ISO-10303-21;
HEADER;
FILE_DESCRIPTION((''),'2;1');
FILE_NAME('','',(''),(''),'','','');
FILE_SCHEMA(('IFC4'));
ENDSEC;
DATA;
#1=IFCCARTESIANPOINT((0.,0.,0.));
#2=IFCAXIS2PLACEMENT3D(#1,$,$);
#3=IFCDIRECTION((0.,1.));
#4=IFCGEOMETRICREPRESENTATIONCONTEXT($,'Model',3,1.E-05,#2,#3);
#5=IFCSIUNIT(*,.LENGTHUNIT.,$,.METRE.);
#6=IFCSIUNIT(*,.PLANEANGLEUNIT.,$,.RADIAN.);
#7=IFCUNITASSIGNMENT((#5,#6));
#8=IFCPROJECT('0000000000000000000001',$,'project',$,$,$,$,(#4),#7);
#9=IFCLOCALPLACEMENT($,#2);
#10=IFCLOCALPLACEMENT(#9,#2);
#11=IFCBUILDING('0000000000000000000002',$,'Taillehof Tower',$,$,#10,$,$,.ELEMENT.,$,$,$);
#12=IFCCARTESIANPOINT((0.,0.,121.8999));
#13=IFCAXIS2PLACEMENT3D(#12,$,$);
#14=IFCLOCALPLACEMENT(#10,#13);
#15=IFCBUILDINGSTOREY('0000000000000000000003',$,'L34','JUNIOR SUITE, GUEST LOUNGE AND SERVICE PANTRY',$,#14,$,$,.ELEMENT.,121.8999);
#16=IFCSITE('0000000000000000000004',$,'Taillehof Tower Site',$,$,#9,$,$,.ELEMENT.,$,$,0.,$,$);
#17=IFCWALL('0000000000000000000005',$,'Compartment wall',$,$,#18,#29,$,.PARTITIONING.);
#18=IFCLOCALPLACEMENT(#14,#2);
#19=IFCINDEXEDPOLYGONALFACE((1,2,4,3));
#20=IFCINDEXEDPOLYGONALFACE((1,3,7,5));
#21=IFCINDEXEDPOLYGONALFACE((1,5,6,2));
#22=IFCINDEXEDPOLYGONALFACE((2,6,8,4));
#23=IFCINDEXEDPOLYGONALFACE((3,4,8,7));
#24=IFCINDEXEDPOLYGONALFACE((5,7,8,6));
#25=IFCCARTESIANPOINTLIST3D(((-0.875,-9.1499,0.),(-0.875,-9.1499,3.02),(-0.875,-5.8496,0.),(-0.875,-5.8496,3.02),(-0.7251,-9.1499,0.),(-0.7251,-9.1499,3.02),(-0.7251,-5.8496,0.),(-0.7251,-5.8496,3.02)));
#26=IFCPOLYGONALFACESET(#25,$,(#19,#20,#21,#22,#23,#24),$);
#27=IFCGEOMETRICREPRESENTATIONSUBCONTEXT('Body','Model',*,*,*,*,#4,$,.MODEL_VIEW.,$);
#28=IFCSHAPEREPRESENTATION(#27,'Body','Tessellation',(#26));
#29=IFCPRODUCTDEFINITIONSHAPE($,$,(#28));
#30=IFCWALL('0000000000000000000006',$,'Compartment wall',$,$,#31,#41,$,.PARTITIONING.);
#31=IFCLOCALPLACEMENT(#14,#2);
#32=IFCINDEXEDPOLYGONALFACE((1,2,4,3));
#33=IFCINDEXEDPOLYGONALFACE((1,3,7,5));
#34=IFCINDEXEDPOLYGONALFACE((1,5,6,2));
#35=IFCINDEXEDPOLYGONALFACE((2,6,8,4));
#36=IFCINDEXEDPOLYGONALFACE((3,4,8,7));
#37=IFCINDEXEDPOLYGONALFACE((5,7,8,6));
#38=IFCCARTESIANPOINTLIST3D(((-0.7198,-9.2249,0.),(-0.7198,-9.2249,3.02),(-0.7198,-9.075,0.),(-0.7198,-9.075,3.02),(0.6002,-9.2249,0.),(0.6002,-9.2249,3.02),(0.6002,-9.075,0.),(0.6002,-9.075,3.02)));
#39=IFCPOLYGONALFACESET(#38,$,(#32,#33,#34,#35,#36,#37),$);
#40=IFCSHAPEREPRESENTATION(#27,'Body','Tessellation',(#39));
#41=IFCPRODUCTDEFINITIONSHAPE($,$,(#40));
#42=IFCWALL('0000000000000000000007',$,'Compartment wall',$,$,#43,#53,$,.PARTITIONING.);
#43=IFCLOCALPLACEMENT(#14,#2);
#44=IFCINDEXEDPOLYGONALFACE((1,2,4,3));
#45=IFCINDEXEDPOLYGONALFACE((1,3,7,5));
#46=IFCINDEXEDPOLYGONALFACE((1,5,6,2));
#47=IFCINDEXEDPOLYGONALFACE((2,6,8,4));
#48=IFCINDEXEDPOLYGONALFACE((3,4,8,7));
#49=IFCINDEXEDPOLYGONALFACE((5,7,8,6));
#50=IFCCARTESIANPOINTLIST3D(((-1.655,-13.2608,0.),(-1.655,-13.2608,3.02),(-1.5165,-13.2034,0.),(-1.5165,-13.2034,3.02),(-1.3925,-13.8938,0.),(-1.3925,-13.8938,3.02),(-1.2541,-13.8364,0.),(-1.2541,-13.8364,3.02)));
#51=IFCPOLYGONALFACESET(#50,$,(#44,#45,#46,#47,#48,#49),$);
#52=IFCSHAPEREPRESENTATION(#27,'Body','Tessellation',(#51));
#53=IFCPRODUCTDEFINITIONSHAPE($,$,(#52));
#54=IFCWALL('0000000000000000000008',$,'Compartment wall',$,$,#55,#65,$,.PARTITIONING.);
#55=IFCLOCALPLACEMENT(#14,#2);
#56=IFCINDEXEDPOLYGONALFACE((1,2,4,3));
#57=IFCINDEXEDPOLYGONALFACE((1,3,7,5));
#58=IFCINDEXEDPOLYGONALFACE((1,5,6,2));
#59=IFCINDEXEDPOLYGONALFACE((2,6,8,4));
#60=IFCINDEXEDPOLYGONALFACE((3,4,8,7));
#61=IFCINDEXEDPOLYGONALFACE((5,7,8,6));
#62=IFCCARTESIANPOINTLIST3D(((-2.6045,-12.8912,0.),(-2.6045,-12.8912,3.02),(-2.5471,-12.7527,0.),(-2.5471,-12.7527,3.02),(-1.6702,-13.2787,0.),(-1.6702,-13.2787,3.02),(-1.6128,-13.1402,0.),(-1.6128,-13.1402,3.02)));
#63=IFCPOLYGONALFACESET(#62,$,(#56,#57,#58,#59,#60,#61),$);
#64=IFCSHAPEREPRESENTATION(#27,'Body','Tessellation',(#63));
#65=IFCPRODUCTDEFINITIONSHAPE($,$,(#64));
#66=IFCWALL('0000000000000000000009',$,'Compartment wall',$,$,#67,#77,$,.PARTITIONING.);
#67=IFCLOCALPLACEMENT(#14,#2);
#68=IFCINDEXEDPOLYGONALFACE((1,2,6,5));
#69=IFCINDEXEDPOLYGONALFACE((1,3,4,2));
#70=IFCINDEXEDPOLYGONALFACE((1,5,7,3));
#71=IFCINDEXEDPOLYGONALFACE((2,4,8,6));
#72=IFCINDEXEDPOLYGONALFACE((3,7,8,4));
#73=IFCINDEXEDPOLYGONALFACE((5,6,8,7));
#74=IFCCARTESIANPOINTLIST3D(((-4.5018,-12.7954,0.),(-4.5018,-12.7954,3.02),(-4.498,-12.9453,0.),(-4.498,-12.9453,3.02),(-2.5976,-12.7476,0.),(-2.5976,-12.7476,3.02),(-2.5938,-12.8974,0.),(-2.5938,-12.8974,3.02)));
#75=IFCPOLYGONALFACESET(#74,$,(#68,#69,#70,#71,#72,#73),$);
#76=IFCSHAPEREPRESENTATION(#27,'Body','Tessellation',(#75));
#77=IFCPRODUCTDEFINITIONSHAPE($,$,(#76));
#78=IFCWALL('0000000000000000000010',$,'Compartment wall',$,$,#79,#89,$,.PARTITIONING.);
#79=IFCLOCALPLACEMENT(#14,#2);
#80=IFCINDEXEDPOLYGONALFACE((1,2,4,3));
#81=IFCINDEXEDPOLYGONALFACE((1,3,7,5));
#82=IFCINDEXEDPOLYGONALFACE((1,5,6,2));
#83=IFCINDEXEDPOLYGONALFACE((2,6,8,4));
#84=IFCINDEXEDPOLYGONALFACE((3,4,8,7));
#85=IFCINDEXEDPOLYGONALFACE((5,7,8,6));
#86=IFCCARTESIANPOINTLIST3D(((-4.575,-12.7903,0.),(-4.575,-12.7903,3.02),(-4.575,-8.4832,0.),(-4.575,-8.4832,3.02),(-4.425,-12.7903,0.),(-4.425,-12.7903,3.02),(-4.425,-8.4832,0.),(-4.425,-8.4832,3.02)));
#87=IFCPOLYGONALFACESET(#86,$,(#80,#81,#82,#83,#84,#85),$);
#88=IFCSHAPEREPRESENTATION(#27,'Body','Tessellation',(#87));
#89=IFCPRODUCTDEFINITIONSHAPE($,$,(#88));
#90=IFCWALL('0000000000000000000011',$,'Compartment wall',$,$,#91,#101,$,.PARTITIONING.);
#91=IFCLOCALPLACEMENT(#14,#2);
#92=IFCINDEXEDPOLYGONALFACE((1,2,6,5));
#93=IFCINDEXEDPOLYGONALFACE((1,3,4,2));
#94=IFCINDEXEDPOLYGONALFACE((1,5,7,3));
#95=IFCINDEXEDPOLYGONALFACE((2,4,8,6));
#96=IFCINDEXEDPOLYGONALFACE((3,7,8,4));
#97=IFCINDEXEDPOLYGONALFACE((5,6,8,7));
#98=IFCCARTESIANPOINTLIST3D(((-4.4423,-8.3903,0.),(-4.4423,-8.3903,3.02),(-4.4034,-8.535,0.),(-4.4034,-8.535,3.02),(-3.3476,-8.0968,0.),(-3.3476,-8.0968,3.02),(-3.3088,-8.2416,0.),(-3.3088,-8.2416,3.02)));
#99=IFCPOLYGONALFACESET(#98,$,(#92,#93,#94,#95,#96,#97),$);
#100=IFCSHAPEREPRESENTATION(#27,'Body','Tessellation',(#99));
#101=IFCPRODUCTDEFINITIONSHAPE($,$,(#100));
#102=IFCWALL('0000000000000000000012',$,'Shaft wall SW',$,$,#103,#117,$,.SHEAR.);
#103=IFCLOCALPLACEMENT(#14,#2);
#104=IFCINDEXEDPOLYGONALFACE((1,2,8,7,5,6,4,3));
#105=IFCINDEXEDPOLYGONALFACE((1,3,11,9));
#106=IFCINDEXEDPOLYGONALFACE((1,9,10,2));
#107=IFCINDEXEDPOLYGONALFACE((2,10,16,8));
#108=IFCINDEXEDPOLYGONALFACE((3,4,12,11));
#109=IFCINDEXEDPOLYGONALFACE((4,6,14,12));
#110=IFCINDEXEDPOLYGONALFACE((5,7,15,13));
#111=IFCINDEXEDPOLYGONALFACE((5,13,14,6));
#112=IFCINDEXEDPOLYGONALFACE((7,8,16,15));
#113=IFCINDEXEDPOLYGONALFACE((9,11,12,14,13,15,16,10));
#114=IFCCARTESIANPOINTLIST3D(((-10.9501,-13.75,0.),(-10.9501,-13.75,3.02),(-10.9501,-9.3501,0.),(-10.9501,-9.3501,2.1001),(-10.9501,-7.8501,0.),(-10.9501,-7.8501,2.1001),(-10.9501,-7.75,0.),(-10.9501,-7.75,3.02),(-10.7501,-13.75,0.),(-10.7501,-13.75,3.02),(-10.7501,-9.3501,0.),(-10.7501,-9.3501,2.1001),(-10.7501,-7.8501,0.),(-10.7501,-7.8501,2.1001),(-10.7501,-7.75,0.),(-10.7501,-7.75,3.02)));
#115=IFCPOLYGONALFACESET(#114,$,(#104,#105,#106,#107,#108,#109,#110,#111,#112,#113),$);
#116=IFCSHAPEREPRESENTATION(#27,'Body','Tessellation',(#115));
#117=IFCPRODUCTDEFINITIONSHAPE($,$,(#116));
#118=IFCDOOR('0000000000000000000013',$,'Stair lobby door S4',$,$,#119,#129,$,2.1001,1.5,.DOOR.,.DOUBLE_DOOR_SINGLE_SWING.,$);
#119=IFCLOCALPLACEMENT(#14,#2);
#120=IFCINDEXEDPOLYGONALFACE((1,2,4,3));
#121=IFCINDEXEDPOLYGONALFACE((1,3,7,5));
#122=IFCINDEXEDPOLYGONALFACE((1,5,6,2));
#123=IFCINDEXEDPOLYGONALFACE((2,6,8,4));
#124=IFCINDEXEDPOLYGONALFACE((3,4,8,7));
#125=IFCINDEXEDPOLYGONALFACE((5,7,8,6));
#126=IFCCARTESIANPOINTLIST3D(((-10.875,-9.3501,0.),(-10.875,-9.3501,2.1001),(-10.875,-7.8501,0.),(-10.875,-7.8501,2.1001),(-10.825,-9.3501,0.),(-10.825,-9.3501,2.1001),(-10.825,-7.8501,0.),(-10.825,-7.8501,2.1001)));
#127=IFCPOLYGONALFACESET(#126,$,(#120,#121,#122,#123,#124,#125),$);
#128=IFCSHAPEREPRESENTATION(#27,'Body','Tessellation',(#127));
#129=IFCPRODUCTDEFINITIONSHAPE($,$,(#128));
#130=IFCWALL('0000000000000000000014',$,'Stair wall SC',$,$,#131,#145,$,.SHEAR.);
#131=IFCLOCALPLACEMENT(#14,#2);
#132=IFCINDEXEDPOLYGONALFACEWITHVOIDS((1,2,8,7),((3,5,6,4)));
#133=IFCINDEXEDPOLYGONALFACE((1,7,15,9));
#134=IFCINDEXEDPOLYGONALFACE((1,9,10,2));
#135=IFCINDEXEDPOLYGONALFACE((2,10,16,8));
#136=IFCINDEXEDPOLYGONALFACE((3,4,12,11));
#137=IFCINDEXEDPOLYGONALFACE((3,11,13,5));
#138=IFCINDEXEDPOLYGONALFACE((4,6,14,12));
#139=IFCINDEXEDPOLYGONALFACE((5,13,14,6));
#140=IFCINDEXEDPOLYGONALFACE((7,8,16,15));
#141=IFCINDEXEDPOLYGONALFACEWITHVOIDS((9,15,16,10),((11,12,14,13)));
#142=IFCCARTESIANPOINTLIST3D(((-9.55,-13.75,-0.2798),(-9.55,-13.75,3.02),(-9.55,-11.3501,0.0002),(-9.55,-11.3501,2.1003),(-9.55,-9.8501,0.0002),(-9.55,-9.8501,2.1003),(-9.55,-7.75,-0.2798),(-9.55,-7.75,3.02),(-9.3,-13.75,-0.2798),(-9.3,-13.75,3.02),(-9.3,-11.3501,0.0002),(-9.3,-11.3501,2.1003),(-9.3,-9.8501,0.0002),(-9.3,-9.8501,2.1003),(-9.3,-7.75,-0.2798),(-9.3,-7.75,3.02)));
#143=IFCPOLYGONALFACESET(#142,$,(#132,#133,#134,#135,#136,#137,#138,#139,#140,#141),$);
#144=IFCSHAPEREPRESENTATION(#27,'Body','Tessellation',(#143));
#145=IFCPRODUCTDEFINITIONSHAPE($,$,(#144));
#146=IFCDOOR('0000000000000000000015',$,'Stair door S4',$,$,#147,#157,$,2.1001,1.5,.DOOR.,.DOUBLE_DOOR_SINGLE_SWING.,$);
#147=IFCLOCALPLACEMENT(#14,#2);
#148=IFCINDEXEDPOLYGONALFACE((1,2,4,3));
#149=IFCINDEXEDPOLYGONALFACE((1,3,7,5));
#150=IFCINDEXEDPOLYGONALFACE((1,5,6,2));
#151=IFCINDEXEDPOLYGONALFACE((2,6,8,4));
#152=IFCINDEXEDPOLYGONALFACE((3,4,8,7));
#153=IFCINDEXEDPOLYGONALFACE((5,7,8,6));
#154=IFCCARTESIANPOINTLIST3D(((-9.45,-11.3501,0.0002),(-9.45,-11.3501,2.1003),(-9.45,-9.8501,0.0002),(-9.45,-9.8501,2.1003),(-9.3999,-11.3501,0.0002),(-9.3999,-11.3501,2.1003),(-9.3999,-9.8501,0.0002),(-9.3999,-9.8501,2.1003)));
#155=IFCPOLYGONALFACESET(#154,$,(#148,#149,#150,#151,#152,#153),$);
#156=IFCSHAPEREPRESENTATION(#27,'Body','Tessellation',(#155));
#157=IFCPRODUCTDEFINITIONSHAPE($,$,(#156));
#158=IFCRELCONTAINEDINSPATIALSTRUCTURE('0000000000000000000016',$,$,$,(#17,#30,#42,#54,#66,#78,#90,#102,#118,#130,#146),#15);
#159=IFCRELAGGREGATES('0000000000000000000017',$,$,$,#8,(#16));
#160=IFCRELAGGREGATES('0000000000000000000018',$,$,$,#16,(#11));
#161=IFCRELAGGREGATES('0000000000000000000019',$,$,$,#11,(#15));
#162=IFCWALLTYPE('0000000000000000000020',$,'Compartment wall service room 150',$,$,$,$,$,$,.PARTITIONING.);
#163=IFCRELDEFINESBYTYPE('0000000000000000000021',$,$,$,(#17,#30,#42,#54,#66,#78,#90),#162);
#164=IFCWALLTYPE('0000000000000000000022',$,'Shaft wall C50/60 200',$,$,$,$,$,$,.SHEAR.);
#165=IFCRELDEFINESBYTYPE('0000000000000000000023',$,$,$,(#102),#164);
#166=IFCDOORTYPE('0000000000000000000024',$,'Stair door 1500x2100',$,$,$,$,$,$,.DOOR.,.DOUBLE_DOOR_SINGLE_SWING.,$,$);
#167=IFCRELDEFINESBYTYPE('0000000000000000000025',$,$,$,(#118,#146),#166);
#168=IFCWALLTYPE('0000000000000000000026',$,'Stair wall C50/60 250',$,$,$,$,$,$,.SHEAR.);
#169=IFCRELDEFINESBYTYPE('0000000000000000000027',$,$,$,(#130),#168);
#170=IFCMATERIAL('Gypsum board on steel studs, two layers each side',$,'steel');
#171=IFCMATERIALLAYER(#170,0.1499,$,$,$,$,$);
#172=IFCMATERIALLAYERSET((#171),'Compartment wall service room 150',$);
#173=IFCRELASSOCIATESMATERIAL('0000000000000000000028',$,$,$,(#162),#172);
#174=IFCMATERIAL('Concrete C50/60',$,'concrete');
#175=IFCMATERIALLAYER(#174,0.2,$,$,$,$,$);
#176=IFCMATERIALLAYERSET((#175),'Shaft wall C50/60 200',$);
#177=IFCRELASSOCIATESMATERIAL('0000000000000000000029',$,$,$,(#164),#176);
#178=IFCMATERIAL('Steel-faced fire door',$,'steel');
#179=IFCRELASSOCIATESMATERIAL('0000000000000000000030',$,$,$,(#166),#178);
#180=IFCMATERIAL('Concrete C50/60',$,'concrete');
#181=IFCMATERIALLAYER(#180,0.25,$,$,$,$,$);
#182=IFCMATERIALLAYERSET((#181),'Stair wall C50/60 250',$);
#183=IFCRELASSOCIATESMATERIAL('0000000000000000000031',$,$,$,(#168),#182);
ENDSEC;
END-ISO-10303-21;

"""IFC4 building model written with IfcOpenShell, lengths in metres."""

from ifc_helpers import new_model, si_unit, direction, frame, frame_2d, origin, place, context, subcontext, project, spatial, rectangle, extrude, material, layer, layer_set, type_object, element, fill, save


model = new_model("IFC4")

# Units and contexts
model_context = context("Model", 3, precision=1e-05, world=origin(), true_north=direction((0.0, 1.0)))
body_context = subcontext(model_context, "Body", "Model", "MODEL_VIEW")
ifc_project = project(units=[si_unit("LENGTHUNIT", "METRE"), si_unit("PLANEANGLEUNIT", "RADIAN")], contexts=[model_context])

# Site, building, storey
site_placement = place(None, origin())
site = spatial("IfcSite", under=ifc_project, at=site_placement, Name="Taillehof Tower Site", CompositionType="ELEMENT", RefElevation=0.0)
building_placement = place(site_placement, origin())
building = spatial("IfcBuilding", under=site, at=building_placement, Name="Taillehof Tower", CompositionType="ELEMENT")
storey_placement = place(building_placement, frame((0.0, 0.0, 121.8999)))
storey = spatial("IfcBuildingStorey", under=building, at=storey_placement, Name="L34", Description="JUNIOR SUITE, GUEST LOUNGE AND SERVICE PANTRY", CompositionType="ELEMENT", Elevation=121.8999)

# Shared definitions
ifc_material_1 = material(Name="Gypsum board on steel studs, two layers each side", Category="steel")
ifc_layer_1 = layer(ifc_material_1, 0.1499)
ifc_layer_set_1 = layer_set([ifc_layer_1], Name="Compartment wall service room 150")
wall_type_1 = type_object("IfcWallType", Name="Compartment wall service room 150", PredefinedType="PARTITIONING", material=ifc_layer_set_1)

# Walls
wall_1_placement = place(storey_placement, frame((-0.8, -5.8496, 0.0), z_axis=(0.0, 0.0, 1.0), x_axis=(0.0, -1.0, 0.0)))
element("IfcWall", 1, at=wall_1_placement, inside=storey, type_object=wall_type_1, Name="Compartment wall", PredefinedType="PARTITIONING", context=body_context, shape_type="SweptSolid", body=[
    extrude(rectangle(XDim=3.3003, YDim=0.1499, at=frame_2d((1.6501, 0.0))), origin(), (0.0, 0.0, 1.0), 3.02),
])
wall_2_placement = place(storey_placement, frame((-0.72, -9.1499, 0.0), z_axis=(0.0, 0.0, 1.0), x_axis=(1.0, 0.0, 0.0)))
element("IfcWall", 2, at=wall_2_placement, inside=storey, type_object=wall_type_1, Name="Compartment wall", PredefinedType="PARTITIONING", context=body_context, shape_type="SweptSolid", body=[
    extrude(rectangle(XDim=1.3201, YDim=0.1499, at=frame_2d((0.6602, 0.0))), origin(), (0.0, 0.0, 1.0), 3.02),
])
wall_3_placement = place(storey_placement, frame((-1.3232, -13.8652, 0.0), z_axis=(0.0, 0.0, 1.0), x_axis=(-0.382971, 0.923761, 0.0)))
element("IfcWall", 3, at=wall_3_placement, inside=storey, type_object=wall_type_1, Name="Compartment wall", PredefinedType="PARTITIONING", context=body_context, shape_type="SweptSolid", body=[
    extrude(rectangle(XDim=0.6853, YDim=0.1499, at=frame_2d((0.3428, 0.0))), origin(), (0.0, 0.0, 1.0), 3.02),
])
wall_4_placement = place(storey_placement, frame((-1.6414, -13.2095, 0.0), z_axis=(0.0, 0.0, 1.0), x_axis=(-0.923725, 0.383055, 0.0)))
element("IfcWall", 4, at=wall_4_placement, inside=storey, type_object=wall_type_1, Name="Compartment wall", PredefinedType="PARTITIONING", context=body_context, shape_type="SweptSolid", body=[
    extrude(rectangle(XDim=1.0115, YDim=0.1499, at=frame_2d((0.5059, 0.0))), origin(), (0.0, 0.0, 1.0), 3.02),
])
wall_5_placement = place(storey_placement, frame((-2.5957, -12.8225, 0.0), z_axis=(0.0, 0.0, 1.0), x_axis=(-0.999684, -0.02512, 0.0)))
element("IfcWall", 5, at=wall_5_placement, inside=storey, type_object=wall_type_1, Name="Compartment wall", PredefinedType="PARTITIONING", context=body_context, shape_type="SweptSolid", body=[
    extrude(rectangle(XDim=1.9048, YDim=0.1499, at=frame_2d((0.9524, 0.0))), origin(), (0.0, 0.0, 1.0), 3.02),
])
wall_6_placement = place(storey_placement, frame((-4.5, -12.7903, 0.0), z_axis=(0.0, 0.0, 1.0), x_axis=(0.0, 1.0, 0.0)))
element("IfcWall", 6, at=wall_6_placement, inside=storey, type_object=wall_type_1, Name="Compartment wall", PredefinedType="PARTITIONING", context=body_context, shape_type="SweptSolid", body=[
    extrude(rectangle(XDim=4.3071, YDim=0.1499, at=frame_2d((2.1536, 0.0))), origin(), (0.0, 0.0, 1.0), 3.02),
])
wall_7_placement = place(storey_placement, frame((-4.4229, -8.4626, 0.0), z_axis=(0.0, 0.0, 1.0), x_axis=(0.965898, 0.258923, 0.0)))
element("IfcWall", 7, at=wall_7_placement, inside=storey, type_object=wall_type_1, Name="Compartment wall", PredefinedType="PARTITIONING", context=body_context, shape_type="SweptSolid", body=[
    extrude(rectangle(XDim=1.1333, YDim=0.1499, at=frame_2d((0.5667, 0.0))), origin(), (0.0, 0.0, 1.0), 3.02),
])

# Walls, openings, doors
ifc_material_2 = material(Name="Concrete C50/60", Category="concrete")
ifc_layer_2 = layer(ifc_material_2, 0.2)
ifc_layer_set_2 = layer_set([ifc_layer_2], Name="Shaft wall C50/60 200")
wall_type_2 = type_object("IfcWallType", Name="Shaft wall C50/60 200", PredefinedType="SHEAR", material=ifc_layer_set_2)
wall_8_placement = place(storey_placement, frame((-10.8501, -13.75, 0.0), z_axis=(0.0, 0.0, 1.0), x_axis=(0.0, 1.0, 0.0)))
wall_8 = element("IfcWall", 8, at=wall_8_placement, inside=storey, type_object=wall_type_2, Name="Shaft wall SW", PredefinedType="SHEAR", context=body_context, shape_type="SweptSolid", body=[
    extrude(rectangle(XDim=6.0, YDim=0.2, at=frame_2d((3.0, 0.0))), origin(), (0.0, 0.0, 1.0), 3.02),
])
opening_1_placement = place(wall_8_placement, frame((4.3999, 0.0, 0.0)))
opening_1 = element("IfcOpeningElement", 9, at=opening_1_placement, cuts=wall_8, PredefinedType="OPENING", context=body_context, shape_type="SweptSolid", body=[
    extrude(rectangle(XDim=1.5, YDim=2.1001, at=frame_2d((0.75, 1.05))), frame((0.0, 0.1099, 0.0), z_axis=(0.0, -1.0, 0.0), x_axis=(1.0, 0.0, 0.0)), (0.0, 0.0, 1.0), 0.22),
])
ifc_material_3 = material(Name="Steel-faced fire door", Category="steel")
door_type_1 = type_object("IfcDoorType", Name="Stair door 1500x2100", OperationType="DOUBLE_DOOR_SINGLE_SWING", PredefinedType="DOOR", material=ifc_material_3)
door_1_placement = place(opening_1_placement, origin())
door_1 = element("IfcDoor", 10, at=door_1_placement, inside=storey, type_object=door_type_1, Name="Stair lobby door S4", OperationType="DOUBLE_DOOR_SINGLE_SWING", OverallHeight=2.1001, OverallWidth=1.5, PredefinedType="DOOR", context=body_context, shape_type="SweptSolid", body=[
    extrude(rectangle(XDim=1.5, YDim=2.1001, at=frame_2d((0.75, 1.05))), frame((0.0, 0.0249, 0.0), z_axis=(0.0, -1.0, 0.0), x_axis=(1.0, 0.0, 0.0)), (0.0, 0.0, 1.0), 0.05),
])
fill(opening_1, door_1)
ifc_material_4 = material(Name="Concrete C50/60", Category="concrete")
ifc_layer_3 = layer(ifc_material_4, 0.25)
ifc_layer_set_3 = layer_set([ifc_layer_3], Name="Stair wall C50/60 250")
wall_type_3 = type_object("IfcWallType", Name="Stair wall C50/60 250", PredefinedType="SHEAR", material=ifc_layer_set_3)
wall_9_placement = place(storey_placement, frame((-9.425, -13.75, -0.2798), z_axis=(0.0, 0.0, 1.0), x_axis=(0.0, 1.0, 0.0)))
wall_9 = element("IfcWall", 11, at=wall_9_placement, inside=storey, type_object=wall_type_3, Name="Stair wall SC", PredefinedType="SHEAR", context=body_context, shape_type="SweptSolid", body=[
    extrude(rectangle(XDim=6.0, YDim=0.25, at=frame_2d((3.0, 0.0))), origin(), (0.0, 0.0, 1.0), 3.2998),
])
opening_2_placement = place(wall_9_placement, frame((2.3999, 0.0, 0.28)))
opening_2 = element("IfcOpeningElement", 12, at=opening_2_placement, cuts=wall_9, PredefinedType="OPENING", context=body_context, shape_type="SweptSolid", body=[
    extrude(rectangle(XDim=1.5, YDim=2.1001, at=frame_2d((0.75, 1.05))), frame((0.0, 0.135, 0.0), z_axis=(0.0, -1.0, 0.0), x_axis=(1.0, 0.0, 0.0)), (0.0, 0.0, 1.0), 0.27),
])
door_2_placement = place(opening_2_placement, origin())
door_2 = element("IfcDoor", 13, at=door_2_placement, inside=storey, type_object=door_type_1, Name="Stair door S4", OperationType="DOUBLE_DOOR_SINGLE_SWING", OverallHeight=2.1001, OverallWidth=1.5, PredefinedType="DOOR", context=body_context, shape_type="SweptSolid", body=[
    extrude(rectangle(XDim=1.5, YDim=2.1001, at=frame_2d((0.75, 1.05))), frame((0.0, 0.0249, 0.0), z_axis=(0.0, -1.0, 0.0), x_axis=(1.0, 0.0, 0.0)), (0.0, 0.0, 1.0), 0.05),
])
fill(opening_2, door_2)

save(model, "model.ifc")
